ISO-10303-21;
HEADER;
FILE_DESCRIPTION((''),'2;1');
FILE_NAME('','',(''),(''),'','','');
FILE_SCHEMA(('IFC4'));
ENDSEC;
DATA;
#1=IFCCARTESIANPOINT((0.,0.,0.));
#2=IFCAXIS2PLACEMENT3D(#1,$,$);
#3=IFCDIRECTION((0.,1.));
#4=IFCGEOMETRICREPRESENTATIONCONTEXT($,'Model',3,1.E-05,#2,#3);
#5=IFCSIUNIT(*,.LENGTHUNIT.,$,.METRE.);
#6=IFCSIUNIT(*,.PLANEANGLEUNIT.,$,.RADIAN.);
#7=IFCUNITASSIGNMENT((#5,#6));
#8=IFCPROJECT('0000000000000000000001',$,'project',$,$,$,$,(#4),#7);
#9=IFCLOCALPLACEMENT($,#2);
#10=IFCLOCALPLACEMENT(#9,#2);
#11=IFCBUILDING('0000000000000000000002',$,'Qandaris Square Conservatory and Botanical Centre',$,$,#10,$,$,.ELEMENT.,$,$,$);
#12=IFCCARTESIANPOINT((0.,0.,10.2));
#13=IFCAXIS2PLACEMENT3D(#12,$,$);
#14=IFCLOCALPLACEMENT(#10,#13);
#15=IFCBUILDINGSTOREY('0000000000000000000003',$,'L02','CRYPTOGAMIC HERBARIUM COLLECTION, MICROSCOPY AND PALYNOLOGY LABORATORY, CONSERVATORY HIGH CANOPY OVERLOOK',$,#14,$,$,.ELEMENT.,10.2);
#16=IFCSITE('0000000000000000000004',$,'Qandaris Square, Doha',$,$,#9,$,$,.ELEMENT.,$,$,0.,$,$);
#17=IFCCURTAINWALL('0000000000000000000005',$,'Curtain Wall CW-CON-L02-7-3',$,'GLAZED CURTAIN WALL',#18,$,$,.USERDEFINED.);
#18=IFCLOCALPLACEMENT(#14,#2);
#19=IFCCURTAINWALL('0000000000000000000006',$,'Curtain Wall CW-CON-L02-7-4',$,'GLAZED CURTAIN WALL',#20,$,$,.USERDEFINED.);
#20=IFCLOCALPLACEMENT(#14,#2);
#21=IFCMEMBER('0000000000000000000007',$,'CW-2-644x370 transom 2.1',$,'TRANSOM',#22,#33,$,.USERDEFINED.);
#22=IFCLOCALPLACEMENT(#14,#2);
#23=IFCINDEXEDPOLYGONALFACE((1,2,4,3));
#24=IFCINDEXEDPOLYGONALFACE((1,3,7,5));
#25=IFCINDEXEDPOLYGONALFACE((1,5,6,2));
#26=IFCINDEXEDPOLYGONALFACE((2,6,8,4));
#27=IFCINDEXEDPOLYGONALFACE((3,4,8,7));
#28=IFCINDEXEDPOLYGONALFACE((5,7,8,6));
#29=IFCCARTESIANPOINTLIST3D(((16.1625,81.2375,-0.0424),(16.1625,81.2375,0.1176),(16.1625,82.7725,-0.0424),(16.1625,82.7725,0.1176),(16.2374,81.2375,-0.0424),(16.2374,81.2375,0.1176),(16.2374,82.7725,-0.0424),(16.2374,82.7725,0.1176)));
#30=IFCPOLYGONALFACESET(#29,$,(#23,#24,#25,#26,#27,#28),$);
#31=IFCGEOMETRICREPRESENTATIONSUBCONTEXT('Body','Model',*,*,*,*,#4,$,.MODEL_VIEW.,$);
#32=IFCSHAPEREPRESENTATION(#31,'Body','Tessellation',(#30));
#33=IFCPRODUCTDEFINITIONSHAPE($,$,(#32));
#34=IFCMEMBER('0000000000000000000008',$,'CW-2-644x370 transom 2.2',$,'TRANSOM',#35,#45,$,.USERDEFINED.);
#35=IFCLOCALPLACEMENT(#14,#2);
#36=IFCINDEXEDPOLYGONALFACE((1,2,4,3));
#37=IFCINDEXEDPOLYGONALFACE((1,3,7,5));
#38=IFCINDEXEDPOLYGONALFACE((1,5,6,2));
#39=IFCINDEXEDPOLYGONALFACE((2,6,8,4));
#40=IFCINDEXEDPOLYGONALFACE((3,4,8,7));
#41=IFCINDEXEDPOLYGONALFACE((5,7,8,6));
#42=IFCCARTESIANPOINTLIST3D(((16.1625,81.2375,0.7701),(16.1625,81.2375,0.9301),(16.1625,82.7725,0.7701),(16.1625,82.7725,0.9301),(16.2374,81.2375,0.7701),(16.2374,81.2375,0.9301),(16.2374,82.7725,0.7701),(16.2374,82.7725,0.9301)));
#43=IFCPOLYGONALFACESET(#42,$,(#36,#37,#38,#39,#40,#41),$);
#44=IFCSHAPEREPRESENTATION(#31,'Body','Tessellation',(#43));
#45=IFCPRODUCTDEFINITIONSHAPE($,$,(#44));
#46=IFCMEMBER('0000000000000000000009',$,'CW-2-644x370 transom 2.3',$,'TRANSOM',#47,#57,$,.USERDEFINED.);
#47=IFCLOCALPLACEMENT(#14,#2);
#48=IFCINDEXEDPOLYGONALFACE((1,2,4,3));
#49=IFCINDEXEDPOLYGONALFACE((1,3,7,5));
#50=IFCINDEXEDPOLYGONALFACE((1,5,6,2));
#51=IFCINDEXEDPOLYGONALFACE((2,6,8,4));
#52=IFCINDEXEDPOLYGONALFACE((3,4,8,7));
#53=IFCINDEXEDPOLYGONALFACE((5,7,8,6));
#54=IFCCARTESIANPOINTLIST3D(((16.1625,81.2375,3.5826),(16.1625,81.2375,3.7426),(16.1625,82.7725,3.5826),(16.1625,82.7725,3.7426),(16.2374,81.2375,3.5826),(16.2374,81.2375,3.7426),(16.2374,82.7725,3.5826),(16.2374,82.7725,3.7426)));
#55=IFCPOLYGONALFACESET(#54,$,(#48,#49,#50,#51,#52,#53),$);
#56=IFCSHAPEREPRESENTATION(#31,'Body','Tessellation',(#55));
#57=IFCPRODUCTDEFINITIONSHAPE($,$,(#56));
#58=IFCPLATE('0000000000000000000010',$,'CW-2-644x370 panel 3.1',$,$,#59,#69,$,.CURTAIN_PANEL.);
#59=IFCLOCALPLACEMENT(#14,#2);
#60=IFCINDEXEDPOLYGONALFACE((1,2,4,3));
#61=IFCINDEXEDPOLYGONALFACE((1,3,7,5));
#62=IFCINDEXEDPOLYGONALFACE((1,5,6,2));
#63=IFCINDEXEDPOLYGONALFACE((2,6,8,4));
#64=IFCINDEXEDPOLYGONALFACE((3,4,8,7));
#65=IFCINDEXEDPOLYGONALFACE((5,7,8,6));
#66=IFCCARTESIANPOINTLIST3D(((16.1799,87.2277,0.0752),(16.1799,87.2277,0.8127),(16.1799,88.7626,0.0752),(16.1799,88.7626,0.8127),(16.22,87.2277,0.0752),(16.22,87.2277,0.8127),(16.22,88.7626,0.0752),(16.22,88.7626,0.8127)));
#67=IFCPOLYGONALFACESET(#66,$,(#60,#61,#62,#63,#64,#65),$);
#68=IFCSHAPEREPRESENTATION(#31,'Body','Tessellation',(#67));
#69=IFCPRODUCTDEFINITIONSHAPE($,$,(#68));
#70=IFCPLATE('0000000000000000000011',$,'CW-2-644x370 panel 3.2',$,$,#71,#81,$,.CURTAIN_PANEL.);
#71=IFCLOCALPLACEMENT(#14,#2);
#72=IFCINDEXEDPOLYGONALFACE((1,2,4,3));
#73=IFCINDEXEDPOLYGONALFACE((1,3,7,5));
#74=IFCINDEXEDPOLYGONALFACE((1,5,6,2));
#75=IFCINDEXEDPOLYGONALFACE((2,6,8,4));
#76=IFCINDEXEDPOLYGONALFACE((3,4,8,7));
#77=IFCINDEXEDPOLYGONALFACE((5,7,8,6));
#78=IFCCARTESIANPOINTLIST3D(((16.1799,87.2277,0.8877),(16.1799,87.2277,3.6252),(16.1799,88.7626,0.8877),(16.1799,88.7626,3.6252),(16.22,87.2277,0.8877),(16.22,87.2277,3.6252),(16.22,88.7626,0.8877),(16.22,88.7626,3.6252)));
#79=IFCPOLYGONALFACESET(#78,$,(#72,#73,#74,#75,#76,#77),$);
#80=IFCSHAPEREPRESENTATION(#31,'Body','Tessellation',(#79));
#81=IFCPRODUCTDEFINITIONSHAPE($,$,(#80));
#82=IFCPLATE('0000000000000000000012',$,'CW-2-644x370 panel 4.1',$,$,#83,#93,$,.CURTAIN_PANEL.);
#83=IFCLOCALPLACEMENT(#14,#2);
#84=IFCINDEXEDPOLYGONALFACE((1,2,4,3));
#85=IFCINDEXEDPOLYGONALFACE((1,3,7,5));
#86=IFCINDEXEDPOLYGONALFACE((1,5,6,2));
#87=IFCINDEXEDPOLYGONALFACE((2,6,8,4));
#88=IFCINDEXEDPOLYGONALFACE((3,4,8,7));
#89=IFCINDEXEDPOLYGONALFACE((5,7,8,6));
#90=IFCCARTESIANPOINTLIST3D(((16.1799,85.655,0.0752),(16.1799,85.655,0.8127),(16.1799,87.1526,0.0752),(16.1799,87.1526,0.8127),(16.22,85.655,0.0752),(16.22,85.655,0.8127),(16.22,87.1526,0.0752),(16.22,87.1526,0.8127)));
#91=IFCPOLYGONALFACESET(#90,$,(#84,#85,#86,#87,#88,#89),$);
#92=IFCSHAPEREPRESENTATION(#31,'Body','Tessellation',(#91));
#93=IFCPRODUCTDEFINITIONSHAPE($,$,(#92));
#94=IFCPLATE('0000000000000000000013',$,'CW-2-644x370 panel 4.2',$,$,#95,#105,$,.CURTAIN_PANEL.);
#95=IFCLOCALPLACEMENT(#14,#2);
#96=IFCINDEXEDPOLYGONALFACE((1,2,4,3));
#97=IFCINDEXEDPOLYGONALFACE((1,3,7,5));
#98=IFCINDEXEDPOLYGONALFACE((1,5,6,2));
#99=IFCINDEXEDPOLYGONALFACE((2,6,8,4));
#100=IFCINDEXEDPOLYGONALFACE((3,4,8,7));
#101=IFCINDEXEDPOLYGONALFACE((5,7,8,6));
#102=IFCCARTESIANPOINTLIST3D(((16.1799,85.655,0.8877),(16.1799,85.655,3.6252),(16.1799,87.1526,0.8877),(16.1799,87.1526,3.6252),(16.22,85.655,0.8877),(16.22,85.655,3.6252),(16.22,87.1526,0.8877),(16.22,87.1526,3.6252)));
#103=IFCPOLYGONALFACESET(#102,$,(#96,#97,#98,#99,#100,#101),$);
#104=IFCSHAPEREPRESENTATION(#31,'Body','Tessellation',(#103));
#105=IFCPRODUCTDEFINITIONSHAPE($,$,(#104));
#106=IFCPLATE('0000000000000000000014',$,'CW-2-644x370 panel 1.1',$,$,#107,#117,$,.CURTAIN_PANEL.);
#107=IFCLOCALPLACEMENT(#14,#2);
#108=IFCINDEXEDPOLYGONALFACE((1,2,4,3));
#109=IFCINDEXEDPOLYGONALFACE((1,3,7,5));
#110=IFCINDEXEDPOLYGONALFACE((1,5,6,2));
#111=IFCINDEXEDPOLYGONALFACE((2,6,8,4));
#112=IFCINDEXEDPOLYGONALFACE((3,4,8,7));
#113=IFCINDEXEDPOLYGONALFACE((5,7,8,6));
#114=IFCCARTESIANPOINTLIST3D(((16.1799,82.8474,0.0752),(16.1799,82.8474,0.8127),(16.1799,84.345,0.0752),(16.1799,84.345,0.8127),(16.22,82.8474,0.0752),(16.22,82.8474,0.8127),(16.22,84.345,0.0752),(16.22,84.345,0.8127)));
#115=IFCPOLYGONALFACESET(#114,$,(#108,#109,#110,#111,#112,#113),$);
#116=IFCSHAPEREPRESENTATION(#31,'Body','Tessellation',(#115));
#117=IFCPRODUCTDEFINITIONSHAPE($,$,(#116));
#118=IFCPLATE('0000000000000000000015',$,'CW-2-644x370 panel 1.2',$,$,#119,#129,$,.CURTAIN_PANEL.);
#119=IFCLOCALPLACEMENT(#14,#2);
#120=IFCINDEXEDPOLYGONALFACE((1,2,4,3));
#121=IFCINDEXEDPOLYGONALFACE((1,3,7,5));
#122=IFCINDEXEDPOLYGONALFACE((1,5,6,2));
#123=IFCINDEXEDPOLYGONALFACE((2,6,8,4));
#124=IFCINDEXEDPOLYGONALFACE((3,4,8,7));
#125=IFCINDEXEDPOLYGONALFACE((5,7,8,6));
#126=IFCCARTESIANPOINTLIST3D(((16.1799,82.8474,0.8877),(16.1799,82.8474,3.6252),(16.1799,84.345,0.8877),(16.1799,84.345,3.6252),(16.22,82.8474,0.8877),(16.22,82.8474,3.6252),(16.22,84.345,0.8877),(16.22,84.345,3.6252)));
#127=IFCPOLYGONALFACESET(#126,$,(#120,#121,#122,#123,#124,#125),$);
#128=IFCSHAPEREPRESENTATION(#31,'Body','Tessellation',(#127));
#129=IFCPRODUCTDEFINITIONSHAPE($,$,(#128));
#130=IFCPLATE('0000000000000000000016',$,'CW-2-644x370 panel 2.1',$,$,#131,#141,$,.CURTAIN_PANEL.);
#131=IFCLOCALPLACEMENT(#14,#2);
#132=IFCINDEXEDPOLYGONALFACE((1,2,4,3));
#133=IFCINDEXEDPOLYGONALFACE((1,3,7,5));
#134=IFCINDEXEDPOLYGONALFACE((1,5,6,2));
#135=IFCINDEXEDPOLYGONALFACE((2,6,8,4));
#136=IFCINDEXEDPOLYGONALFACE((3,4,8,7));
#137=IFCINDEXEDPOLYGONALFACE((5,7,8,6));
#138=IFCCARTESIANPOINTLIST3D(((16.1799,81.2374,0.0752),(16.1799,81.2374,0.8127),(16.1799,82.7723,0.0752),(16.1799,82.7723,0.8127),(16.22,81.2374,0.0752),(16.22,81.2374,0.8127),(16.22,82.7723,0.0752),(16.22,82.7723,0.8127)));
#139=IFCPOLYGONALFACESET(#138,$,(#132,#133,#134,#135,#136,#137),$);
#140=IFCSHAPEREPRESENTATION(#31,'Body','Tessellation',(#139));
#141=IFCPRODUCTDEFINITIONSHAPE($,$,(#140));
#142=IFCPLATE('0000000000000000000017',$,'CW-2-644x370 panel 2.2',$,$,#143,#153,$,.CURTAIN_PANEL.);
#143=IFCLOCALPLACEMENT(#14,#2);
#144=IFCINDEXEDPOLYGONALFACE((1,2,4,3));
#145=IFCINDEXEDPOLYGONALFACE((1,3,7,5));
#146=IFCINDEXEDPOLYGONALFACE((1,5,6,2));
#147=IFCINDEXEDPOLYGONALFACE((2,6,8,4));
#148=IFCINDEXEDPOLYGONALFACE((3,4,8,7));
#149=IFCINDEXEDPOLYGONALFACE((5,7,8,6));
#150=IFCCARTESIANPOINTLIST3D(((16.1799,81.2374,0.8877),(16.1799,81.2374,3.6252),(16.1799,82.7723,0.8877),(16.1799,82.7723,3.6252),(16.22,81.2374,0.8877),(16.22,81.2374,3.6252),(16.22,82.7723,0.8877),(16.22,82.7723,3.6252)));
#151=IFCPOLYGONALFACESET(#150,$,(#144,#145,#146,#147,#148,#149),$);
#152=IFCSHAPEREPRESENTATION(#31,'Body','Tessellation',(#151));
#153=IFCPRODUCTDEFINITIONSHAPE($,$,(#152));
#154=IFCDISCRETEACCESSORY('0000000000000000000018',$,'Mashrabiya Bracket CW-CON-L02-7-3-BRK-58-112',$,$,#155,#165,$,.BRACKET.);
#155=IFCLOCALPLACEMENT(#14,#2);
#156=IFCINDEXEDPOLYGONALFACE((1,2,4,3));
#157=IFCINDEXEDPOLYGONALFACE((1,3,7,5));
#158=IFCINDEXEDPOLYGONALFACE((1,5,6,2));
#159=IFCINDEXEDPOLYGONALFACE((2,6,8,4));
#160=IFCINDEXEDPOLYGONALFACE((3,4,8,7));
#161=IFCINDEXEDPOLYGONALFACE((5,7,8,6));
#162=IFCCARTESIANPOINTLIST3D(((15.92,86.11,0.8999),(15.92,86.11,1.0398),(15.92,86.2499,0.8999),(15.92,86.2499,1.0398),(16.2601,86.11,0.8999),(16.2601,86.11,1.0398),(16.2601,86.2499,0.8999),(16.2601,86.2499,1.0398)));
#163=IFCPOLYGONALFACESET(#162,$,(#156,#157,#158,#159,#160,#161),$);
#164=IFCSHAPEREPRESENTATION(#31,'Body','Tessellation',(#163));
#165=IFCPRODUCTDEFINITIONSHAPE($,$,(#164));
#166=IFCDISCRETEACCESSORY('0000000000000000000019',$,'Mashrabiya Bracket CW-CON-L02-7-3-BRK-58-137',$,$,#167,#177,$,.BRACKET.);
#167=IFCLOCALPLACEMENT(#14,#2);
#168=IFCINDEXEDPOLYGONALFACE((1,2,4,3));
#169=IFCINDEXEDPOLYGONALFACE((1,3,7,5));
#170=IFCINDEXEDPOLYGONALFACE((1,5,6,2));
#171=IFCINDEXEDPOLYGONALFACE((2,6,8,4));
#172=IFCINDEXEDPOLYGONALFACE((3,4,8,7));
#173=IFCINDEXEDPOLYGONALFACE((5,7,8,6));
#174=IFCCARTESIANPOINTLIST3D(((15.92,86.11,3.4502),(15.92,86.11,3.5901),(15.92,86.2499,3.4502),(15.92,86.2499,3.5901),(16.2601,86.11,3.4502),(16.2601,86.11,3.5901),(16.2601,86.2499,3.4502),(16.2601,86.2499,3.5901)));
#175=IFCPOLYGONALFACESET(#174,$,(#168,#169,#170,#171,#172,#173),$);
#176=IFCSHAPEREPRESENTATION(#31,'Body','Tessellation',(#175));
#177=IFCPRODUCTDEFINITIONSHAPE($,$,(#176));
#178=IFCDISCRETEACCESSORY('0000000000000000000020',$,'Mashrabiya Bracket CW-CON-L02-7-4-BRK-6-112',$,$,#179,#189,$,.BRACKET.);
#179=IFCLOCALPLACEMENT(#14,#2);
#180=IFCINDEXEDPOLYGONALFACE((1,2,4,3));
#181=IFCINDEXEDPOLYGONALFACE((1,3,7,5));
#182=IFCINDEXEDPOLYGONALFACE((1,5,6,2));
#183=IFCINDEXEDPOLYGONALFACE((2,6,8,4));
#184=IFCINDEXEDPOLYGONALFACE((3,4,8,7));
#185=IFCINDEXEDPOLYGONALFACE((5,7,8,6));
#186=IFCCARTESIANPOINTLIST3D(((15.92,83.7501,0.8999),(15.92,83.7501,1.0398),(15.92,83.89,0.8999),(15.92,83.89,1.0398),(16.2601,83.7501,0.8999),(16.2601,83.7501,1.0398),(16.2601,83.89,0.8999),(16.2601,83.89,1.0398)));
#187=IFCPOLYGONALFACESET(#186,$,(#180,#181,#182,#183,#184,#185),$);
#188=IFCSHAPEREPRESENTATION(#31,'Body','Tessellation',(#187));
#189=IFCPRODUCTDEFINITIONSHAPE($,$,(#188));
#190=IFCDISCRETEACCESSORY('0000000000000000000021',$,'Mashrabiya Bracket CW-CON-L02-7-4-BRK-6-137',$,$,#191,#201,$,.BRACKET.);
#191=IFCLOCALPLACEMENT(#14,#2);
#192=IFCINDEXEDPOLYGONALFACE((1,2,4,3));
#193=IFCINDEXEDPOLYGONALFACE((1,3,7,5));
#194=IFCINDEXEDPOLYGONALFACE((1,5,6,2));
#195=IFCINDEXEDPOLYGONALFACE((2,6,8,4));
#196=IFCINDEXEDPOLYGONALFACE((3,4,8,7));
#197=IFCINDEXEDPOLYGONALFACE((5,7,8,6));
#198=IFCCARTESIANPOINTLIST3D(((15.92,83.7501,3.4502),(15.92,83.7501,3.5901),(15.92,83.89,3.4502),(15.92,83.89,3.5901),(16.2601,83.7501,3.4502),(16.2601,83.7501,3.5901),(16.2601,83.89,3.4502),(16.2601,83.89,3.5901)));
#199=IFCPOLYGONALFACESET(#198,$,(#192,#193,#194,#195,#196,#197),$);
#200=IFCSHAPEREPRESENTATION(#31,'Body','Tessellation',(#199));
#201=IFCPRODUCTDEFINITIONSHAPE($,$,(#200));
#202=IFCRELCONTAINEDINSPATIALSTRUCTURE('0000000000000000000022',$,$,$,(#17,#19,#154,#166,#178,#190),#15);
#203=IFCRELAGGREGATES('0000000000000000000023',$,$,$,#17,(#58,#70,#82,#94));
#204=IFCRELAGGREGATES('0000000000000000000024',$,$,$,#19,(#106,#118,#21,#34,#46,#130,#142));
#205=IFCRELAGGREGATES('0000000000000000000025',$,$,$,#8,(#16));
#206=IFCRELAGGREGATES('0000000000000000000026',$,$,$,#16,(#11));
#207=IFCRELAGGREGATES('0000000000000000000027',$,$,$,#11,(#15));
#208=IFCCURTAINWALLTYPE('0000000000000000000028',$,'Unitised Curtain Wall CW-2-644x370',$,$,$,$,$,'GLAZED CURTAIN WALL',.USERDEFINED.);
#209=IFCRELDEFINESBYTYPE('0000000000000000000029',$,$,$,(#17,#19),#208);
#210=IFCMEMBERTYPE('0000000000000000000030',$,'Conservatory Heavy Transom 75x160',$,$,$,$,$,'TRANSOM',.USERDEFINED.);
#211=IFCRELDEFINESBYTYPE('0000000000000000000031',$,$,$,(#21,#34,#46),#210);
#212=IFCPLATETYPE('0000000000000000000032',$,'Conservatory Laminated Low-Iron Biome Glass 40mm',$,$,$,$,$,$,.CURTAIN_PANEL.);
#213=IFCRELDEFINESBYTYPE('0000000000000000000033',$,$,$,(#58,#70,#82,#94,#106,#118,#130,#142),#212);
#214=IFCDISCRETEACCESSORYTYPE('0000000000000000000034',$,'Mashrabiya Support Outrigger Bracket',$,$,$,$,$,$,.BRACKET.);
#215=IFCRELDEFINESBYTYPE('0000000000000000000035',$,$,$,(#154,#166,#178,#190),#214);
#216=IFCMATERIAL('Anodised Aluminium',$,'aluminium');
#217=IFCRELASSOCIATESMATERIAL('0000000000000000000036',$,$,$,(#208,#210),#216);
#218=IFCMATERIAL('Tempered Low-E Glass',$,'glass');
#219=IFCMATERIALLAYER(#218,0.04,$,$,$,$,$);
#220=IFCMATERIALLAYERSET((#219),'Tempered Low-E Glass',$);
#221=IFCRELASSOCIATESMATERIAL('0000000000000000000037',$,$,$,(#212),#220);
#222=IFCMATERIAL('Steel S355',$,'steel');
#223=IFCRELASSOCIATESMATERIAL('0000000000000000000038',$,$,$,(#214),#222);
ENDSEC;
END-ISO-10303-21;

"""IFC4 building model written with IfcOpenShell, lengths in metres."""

from ifc_helpers import new_model, si_unit, direction, frame, origin, origin_2d, place, context, subcontext, project, spatial, rectangle, extrude, material, layer, layer_set, material_profile, profile_set, type_object, element, aggregate, save


model = new_model("IFC4")

# Units and contexts
model_context = context("Model", 3, precision=1e-05, world=origin(), true_north=direction((0.0, 1.0)))
body_context = subcontext(model_context, "Body", "Model", "MODEL_VIEW")
ifc_project = project(units=[si_unit("LENGTHUNIT", "METRE"), si_unit("PLANEANGLEUNIT", "RADIAN")], contexts=[model_context])

# Site, building, storey
site_placement = place(None, origin())
site = spatial("IfcSite", under=ifc_project, at=site_placement, Name="Qandaris Square, Doha", CompositionType="ELEMENT", RefElevation=0.0)
building_placement = place(site_placement, origin())
building = spatial("IfcBuilding", under=site, at=building_placement, Name="Qandaris Square Conservatory and Botanical Centre", CompositionType="ELEMENT")
storey_placement = place(building_placement, frame((0.0, 0.0, 10.2)))
storey = spatial("IfcBuildingStorey", under=building, at=storey_placement, Name="L02", Description="CRYPTOGAMIC HERBARIUM COLLECTION, MICROSCOPY AND PALYNOLOGY LABORATORY, CONSERVATORY HIGH CANOPY OVERLOOK", CompositionType="ELEMENT", Elevation=10.2)

# Curtain walls
ifc_material_1 = material(Name="Anodised Aluminium", Category="aluminium")
curtain_wall_type = type_object("IfcCurtainWallType", Name="Unitised Curtain Wall CW-2-644x370", ElementType="GLAZED CURTAIN WALL", PredefinedType="USERDEFINED", material=ifc_material_1)
curtain_wall_1_placement = place(storey_placement, origin())
curtain_wall_1 = element("IfcCurtainWall", 1, at=curtain_wall_1_placement, inside=storey, type_object=curtain_wall_type, Name="Curtain Wall CW-CON-L02-7-3", ObjectType="GLAZED CURTAIN WALL", PredefinedType="USERDEFINED")
curtain_wall_2_placement = place(storey_placement, origin())
curtain_wall_2 = element("IfcCurtainWall", 2, at=curtain_wall_2_placement, inside=storey, type_object=curtain_wall_type, Name="Curtain Wall CW-CON-L02-7-4", ObjectType="GLAZED CURTAIN WALL", PredefinedType="USERDEFINED")

# Members
ifc_material_profile_1 = material_profile(ifc_material_1, rectangle(XDim=0.075, YDim=0.1599, at=origin_2d()), Name="ALU-TRN 75x160")
ifc_profile_set_1 = profile_set([ifc_material_profile_1], Name="Anodised Aluminium")
member_type_1 = type_object("IfcMemberType", Name="Conservatory Heavy Transom 75x160", ElementType="TRANSOM", PredefinedType="USERDEFINED", material=ifc_profile_set_1)
member_1_placement = place(storey_placement, frame((16.2, 82.7725, 0.0376), z_axis=(0.0, -1.0, 0.0), x_axis=(1.0, 0.0, 0.0)))
member_1 = element("IfcMember", 3, at=member_1_placement, type_object=member_type_1, Name="CW-2-644x370 transom 2.1", ObjectType="TRANSOM", PredefinedType="USERDEFINED", context=body_context, shape_type="SweptSolid", body=[
    extrude(rectangle(XDim=0.075, YDim=0.1599, at=origin_2d()), origin(), (0.0, 0.0, 1.0), 1.5349),
])
member_2_placement = place(storey_placement, frame((16.2, 82.7725, 0.8501), z_axis=(0.0, -1.0, 0.0), x_axis=(1.0, 0.0, 0.0)))
member_2 = element("IfcMember", 4, at=member_2_placement, type_object=member_type_1, Name="CW-2-644x370 transom 2.2", ObjectType="TRANSOM", PredefinedType="USERDEFINED", context=body_context, shape_type="SweptSolid", body=[
    extrude(rectangle(XDim=0.075, YDim=0.1599, at=origin_2d()), origin(), (0.0, 0.0, 1.0), 1.5349),
])
member_3_placement = place(storey_placement, frame((16.2, 82.7725, 3.6626), z_axis=(0.0, -1.0, 0.0), x_axis=(1.0, 0.0, 0.0)))
member_3 = element("IfcMember", 5, at=member_3_placement, type_object=member_type_1, Name="CW-2-644x370 transom 2.3", ObjectType="TRANSOM", PredefinedType="USERDEFINED", context=body_context, shape_type="SweptSolid", body=[
    extrude(rectangle(XDim=0.075, YDim=0.1599, at=origin_2d()), origin(), (0.0, 0.0, 1.0), 1.5349),
])

# Plates
ifc_material_2 = material(Name="Tempered Low-E Glass", Category="glass")
ifc_layer = layer(ifc_material_2, 0.04)
ifc_layer_set = layer_set([ifc_layer], Name="Tempered Low-E Glass")
plate_type = type_object("IfcPlateType", Name="Conservatory Laminated Low-Iron Biome Glass 40mm", PredefinedType="CURTAIN_PANEL", material=ifc_layer_set)
plate_1_placement = place(storey_placement, frame((16.2, 87.9951, 0.0752), z_axis=(0.0, 0.0, 1.0), x_axis=(0.0, -1.0, 0.0)))
plate_1 = element("IfcPlate", 6, at=plate_1_placement, type_object=plate_type, Name="CW-2-644x370 panel 3.1", PredefinedType="CURTAIN_PANEL", context=body_context, shape_type="SweptSolid", body=[
    extrude(rectangle(XDim=1.5349, YDim=0.04, at=origin_2d()), origin(), (0.0, 0.0, 1.0), 0.7375),
])
plate_2_placement = place(storey_placement, frame((16.2, 87.9951, 0.8877), z_axis=(0.0, 0.0, 1.0), x_axis=(0.0, -1.0, 0.0)))
plate_2 = element("IfcPlate", 7, at=plate_2_placement, type_object=plate_type, Name="CW-2-644x370 panel 3.2", PredefinedType="CURTAIN_PANEL", context=body_context, shape_type="SweptSolid", body=[
    extrude(rectangle(XDim=1.5349, YDim=0.04, at=origin_2d()), origin(), (0.0, 0.0, 1.0), 2.7375),
])
plate_3_placement = place(storey_placement, frame((16.2, 86.4038, 0.0752), z_axis=(0.0, 0.0, 1.0), x_axis=(0.0, -1.0, 0.0)))
plate_3 = element("IfcPlate", 8, at=plate_3_placement, type_object=plate_type, Name="CW-2-644x370 panel 4.1", PredefinedType="CURTAIN_PANEL", context=body_context, shape_type="SweptSolid", body=[
    extrude(rectangle(XDim=1.4976, YDim=0.04, at=origin_2d()), origin(), (0.0, 0.0, 1.0), 0.7375),
])
plate_4_placement = place(storey_placement, frame((16.2, 86.4038, 0.8877), z_axis=(0.0, 0.0, 1.0), x_axis=(0.0, -1.0, 0.0)))
plate_4 = element("IfcPlate", 9, at=plate_4_placement, type_object=plate_type, Name="CW-2-644x370 panel 4.2", PredefinedType="CURTAIN_PANEL", context=body_context, shape_type="SweptSolid", body=[
    extrude(rectangle(XDim=1.4976, YDim=0.04, at=origin_2d()), origin(), (0.0, 0.0, 1.0), 2.7375),
])
aggregate(curtain_wall_1, [plate_1, plate_2, plate_3, plate_4])
plate_5_placement = place(storey_placement, frame((16.2, 83.5962, 0.0752), z_axis=(0.0, 0.0, 1.0), x_axis=(0.0, -1.0, 0.0)))
plate_5 = element("IfcPlate", 10, at=plate_5_placement, type_object=plate_type, Name="CW-2-644x370 panel 1.1", PredefinedType="CURTAIN_PANEL", context=body_context, shape_type="SweptSolid", body=[
    extrude(rectangle(XDim=1.4976, YDim=0.04, at=origin_2d()), origin(), (0.0, 0.0, 1.0), 0.7375),
])
plate_6_placement = place(storey_placement, frame((16.2, 83.5962, 0.8877), z_axis=(0.0, 0.0, 1.0), x_axis=(0.0, -1.0, 0.0)))
plate_6 = element("IfcPlate", 11, at=plate_6_placement, type_object=plate_type, Name="CW-2-644x370 panel 1.2", PredefinedType="CURTAIN_PANEL", context=body_context, shape_type="SweptSolid", body=[
    extrude(rectangle(XDim=1.4976, YDim=0.04, at=origin_2d()), origin(), (0.0, 0.0, 1.0), 2.7375),
])
plate_7_placement = place(storey_placement, frame((16.2, 82.0049, 0.0752), z_axis=(0.0, 0.0, 1.0), x_axis=(0.0, -1.0, 0.0)))
plate_7 = element("IfcPlate", 12, at=plate_7_placement, type_object=plate_type, Name="CW-2-644x370 panel 2.1", PredefinedType="CURTAIN_PANEL", context=body_context, shape_type="SweptSolid", body=[
    extrude(rectangle(XDim=1.5349, YDim=0.04, at=origin_2d()), origin(), (0.0, 0.0, 1.0), 0.7375),
])
plate_8_placement = place(storey_placement, frame((16.2, 82.0049, 0.8877), z_axis=(0.0, 0.0, 1.0), x_axis=(0.0, -1.0, 0.0)))
plate_8 = element("IfcPlate", 13, at=plate_8_placement, type_object=plate_type, Name="CW-2-644x370 panel 2.2", PredefinedType="CURTAIN_PANEL", context=body_context, shape_type="SweptSolid", body=[
    extrude(rectangle(XDim=1.5349, YDim=0.04, at=origin_2d()), origin(), (0.0, 0.0, 1.0), 2.7375),
])
aggregate(curtain_wall_2, [plate_5, plate_6, member_1, member_2, member_3, plate_7, plate_8])

# Discrete accessories
ifc_material_3 = material(Name="Steel S355", Category="steel")
discrete_accessory_type = type_object("IfcDiscreteAccessoryType", Name="Mashrabiya Support Outrigger Bracket", PredefinedType="BRACKET", material=ifc_material_3)
for number, where, z_axis, x_axis, name in (
    (14, (16.0901, 86.1799, 0.8999), (0.0, 0.0, 1.0), (0.0, -1.0, 0.0), "Mashrabiya Bracket CW-CON-L02-7-3-BRK-58-112"),
    (15, (16.0901, 86.1799, 3.4502), (0.0, 0.0, 1.0), (0.0, -1.0, 0.0), "Mashrabiya Bracket CW-CON-L02-7-3-BRK-58-137"),
    (16, (16.0901, 83.8201, 0.8999), (0.0, 0.0, 1.0), (0.0, -1.0, 0.0), "Mashrabiya Bracket CW-CON-L02-7-4-BRK-6-112"),
    (17, (16.0901, 83.8201, 3.4502), (0.0, 0.0, 1.0), (0.0, -1.0, 0.0), "Mashrabiya Bracket CW-CON-L02-7-4-BRK-6-137"),
):
    element("IfcDiscreteAccessory", number, at=place(storey_placement, frame(where, z_axis=z_axis, x_axis=x_axis)), inside=storey, type_object=discrete_accessory_type, Name=name, PredefinedType="BRACKET", context=body_context, shape_type="SweptSolid", body=[
        extrude(rectangle(XDim=0.1399, YDim=0.3401, at=origin_2d()), origin(), (0.0, 0.0, 1.0), 0.1399),
    ])

save(model, "model.ifc")
